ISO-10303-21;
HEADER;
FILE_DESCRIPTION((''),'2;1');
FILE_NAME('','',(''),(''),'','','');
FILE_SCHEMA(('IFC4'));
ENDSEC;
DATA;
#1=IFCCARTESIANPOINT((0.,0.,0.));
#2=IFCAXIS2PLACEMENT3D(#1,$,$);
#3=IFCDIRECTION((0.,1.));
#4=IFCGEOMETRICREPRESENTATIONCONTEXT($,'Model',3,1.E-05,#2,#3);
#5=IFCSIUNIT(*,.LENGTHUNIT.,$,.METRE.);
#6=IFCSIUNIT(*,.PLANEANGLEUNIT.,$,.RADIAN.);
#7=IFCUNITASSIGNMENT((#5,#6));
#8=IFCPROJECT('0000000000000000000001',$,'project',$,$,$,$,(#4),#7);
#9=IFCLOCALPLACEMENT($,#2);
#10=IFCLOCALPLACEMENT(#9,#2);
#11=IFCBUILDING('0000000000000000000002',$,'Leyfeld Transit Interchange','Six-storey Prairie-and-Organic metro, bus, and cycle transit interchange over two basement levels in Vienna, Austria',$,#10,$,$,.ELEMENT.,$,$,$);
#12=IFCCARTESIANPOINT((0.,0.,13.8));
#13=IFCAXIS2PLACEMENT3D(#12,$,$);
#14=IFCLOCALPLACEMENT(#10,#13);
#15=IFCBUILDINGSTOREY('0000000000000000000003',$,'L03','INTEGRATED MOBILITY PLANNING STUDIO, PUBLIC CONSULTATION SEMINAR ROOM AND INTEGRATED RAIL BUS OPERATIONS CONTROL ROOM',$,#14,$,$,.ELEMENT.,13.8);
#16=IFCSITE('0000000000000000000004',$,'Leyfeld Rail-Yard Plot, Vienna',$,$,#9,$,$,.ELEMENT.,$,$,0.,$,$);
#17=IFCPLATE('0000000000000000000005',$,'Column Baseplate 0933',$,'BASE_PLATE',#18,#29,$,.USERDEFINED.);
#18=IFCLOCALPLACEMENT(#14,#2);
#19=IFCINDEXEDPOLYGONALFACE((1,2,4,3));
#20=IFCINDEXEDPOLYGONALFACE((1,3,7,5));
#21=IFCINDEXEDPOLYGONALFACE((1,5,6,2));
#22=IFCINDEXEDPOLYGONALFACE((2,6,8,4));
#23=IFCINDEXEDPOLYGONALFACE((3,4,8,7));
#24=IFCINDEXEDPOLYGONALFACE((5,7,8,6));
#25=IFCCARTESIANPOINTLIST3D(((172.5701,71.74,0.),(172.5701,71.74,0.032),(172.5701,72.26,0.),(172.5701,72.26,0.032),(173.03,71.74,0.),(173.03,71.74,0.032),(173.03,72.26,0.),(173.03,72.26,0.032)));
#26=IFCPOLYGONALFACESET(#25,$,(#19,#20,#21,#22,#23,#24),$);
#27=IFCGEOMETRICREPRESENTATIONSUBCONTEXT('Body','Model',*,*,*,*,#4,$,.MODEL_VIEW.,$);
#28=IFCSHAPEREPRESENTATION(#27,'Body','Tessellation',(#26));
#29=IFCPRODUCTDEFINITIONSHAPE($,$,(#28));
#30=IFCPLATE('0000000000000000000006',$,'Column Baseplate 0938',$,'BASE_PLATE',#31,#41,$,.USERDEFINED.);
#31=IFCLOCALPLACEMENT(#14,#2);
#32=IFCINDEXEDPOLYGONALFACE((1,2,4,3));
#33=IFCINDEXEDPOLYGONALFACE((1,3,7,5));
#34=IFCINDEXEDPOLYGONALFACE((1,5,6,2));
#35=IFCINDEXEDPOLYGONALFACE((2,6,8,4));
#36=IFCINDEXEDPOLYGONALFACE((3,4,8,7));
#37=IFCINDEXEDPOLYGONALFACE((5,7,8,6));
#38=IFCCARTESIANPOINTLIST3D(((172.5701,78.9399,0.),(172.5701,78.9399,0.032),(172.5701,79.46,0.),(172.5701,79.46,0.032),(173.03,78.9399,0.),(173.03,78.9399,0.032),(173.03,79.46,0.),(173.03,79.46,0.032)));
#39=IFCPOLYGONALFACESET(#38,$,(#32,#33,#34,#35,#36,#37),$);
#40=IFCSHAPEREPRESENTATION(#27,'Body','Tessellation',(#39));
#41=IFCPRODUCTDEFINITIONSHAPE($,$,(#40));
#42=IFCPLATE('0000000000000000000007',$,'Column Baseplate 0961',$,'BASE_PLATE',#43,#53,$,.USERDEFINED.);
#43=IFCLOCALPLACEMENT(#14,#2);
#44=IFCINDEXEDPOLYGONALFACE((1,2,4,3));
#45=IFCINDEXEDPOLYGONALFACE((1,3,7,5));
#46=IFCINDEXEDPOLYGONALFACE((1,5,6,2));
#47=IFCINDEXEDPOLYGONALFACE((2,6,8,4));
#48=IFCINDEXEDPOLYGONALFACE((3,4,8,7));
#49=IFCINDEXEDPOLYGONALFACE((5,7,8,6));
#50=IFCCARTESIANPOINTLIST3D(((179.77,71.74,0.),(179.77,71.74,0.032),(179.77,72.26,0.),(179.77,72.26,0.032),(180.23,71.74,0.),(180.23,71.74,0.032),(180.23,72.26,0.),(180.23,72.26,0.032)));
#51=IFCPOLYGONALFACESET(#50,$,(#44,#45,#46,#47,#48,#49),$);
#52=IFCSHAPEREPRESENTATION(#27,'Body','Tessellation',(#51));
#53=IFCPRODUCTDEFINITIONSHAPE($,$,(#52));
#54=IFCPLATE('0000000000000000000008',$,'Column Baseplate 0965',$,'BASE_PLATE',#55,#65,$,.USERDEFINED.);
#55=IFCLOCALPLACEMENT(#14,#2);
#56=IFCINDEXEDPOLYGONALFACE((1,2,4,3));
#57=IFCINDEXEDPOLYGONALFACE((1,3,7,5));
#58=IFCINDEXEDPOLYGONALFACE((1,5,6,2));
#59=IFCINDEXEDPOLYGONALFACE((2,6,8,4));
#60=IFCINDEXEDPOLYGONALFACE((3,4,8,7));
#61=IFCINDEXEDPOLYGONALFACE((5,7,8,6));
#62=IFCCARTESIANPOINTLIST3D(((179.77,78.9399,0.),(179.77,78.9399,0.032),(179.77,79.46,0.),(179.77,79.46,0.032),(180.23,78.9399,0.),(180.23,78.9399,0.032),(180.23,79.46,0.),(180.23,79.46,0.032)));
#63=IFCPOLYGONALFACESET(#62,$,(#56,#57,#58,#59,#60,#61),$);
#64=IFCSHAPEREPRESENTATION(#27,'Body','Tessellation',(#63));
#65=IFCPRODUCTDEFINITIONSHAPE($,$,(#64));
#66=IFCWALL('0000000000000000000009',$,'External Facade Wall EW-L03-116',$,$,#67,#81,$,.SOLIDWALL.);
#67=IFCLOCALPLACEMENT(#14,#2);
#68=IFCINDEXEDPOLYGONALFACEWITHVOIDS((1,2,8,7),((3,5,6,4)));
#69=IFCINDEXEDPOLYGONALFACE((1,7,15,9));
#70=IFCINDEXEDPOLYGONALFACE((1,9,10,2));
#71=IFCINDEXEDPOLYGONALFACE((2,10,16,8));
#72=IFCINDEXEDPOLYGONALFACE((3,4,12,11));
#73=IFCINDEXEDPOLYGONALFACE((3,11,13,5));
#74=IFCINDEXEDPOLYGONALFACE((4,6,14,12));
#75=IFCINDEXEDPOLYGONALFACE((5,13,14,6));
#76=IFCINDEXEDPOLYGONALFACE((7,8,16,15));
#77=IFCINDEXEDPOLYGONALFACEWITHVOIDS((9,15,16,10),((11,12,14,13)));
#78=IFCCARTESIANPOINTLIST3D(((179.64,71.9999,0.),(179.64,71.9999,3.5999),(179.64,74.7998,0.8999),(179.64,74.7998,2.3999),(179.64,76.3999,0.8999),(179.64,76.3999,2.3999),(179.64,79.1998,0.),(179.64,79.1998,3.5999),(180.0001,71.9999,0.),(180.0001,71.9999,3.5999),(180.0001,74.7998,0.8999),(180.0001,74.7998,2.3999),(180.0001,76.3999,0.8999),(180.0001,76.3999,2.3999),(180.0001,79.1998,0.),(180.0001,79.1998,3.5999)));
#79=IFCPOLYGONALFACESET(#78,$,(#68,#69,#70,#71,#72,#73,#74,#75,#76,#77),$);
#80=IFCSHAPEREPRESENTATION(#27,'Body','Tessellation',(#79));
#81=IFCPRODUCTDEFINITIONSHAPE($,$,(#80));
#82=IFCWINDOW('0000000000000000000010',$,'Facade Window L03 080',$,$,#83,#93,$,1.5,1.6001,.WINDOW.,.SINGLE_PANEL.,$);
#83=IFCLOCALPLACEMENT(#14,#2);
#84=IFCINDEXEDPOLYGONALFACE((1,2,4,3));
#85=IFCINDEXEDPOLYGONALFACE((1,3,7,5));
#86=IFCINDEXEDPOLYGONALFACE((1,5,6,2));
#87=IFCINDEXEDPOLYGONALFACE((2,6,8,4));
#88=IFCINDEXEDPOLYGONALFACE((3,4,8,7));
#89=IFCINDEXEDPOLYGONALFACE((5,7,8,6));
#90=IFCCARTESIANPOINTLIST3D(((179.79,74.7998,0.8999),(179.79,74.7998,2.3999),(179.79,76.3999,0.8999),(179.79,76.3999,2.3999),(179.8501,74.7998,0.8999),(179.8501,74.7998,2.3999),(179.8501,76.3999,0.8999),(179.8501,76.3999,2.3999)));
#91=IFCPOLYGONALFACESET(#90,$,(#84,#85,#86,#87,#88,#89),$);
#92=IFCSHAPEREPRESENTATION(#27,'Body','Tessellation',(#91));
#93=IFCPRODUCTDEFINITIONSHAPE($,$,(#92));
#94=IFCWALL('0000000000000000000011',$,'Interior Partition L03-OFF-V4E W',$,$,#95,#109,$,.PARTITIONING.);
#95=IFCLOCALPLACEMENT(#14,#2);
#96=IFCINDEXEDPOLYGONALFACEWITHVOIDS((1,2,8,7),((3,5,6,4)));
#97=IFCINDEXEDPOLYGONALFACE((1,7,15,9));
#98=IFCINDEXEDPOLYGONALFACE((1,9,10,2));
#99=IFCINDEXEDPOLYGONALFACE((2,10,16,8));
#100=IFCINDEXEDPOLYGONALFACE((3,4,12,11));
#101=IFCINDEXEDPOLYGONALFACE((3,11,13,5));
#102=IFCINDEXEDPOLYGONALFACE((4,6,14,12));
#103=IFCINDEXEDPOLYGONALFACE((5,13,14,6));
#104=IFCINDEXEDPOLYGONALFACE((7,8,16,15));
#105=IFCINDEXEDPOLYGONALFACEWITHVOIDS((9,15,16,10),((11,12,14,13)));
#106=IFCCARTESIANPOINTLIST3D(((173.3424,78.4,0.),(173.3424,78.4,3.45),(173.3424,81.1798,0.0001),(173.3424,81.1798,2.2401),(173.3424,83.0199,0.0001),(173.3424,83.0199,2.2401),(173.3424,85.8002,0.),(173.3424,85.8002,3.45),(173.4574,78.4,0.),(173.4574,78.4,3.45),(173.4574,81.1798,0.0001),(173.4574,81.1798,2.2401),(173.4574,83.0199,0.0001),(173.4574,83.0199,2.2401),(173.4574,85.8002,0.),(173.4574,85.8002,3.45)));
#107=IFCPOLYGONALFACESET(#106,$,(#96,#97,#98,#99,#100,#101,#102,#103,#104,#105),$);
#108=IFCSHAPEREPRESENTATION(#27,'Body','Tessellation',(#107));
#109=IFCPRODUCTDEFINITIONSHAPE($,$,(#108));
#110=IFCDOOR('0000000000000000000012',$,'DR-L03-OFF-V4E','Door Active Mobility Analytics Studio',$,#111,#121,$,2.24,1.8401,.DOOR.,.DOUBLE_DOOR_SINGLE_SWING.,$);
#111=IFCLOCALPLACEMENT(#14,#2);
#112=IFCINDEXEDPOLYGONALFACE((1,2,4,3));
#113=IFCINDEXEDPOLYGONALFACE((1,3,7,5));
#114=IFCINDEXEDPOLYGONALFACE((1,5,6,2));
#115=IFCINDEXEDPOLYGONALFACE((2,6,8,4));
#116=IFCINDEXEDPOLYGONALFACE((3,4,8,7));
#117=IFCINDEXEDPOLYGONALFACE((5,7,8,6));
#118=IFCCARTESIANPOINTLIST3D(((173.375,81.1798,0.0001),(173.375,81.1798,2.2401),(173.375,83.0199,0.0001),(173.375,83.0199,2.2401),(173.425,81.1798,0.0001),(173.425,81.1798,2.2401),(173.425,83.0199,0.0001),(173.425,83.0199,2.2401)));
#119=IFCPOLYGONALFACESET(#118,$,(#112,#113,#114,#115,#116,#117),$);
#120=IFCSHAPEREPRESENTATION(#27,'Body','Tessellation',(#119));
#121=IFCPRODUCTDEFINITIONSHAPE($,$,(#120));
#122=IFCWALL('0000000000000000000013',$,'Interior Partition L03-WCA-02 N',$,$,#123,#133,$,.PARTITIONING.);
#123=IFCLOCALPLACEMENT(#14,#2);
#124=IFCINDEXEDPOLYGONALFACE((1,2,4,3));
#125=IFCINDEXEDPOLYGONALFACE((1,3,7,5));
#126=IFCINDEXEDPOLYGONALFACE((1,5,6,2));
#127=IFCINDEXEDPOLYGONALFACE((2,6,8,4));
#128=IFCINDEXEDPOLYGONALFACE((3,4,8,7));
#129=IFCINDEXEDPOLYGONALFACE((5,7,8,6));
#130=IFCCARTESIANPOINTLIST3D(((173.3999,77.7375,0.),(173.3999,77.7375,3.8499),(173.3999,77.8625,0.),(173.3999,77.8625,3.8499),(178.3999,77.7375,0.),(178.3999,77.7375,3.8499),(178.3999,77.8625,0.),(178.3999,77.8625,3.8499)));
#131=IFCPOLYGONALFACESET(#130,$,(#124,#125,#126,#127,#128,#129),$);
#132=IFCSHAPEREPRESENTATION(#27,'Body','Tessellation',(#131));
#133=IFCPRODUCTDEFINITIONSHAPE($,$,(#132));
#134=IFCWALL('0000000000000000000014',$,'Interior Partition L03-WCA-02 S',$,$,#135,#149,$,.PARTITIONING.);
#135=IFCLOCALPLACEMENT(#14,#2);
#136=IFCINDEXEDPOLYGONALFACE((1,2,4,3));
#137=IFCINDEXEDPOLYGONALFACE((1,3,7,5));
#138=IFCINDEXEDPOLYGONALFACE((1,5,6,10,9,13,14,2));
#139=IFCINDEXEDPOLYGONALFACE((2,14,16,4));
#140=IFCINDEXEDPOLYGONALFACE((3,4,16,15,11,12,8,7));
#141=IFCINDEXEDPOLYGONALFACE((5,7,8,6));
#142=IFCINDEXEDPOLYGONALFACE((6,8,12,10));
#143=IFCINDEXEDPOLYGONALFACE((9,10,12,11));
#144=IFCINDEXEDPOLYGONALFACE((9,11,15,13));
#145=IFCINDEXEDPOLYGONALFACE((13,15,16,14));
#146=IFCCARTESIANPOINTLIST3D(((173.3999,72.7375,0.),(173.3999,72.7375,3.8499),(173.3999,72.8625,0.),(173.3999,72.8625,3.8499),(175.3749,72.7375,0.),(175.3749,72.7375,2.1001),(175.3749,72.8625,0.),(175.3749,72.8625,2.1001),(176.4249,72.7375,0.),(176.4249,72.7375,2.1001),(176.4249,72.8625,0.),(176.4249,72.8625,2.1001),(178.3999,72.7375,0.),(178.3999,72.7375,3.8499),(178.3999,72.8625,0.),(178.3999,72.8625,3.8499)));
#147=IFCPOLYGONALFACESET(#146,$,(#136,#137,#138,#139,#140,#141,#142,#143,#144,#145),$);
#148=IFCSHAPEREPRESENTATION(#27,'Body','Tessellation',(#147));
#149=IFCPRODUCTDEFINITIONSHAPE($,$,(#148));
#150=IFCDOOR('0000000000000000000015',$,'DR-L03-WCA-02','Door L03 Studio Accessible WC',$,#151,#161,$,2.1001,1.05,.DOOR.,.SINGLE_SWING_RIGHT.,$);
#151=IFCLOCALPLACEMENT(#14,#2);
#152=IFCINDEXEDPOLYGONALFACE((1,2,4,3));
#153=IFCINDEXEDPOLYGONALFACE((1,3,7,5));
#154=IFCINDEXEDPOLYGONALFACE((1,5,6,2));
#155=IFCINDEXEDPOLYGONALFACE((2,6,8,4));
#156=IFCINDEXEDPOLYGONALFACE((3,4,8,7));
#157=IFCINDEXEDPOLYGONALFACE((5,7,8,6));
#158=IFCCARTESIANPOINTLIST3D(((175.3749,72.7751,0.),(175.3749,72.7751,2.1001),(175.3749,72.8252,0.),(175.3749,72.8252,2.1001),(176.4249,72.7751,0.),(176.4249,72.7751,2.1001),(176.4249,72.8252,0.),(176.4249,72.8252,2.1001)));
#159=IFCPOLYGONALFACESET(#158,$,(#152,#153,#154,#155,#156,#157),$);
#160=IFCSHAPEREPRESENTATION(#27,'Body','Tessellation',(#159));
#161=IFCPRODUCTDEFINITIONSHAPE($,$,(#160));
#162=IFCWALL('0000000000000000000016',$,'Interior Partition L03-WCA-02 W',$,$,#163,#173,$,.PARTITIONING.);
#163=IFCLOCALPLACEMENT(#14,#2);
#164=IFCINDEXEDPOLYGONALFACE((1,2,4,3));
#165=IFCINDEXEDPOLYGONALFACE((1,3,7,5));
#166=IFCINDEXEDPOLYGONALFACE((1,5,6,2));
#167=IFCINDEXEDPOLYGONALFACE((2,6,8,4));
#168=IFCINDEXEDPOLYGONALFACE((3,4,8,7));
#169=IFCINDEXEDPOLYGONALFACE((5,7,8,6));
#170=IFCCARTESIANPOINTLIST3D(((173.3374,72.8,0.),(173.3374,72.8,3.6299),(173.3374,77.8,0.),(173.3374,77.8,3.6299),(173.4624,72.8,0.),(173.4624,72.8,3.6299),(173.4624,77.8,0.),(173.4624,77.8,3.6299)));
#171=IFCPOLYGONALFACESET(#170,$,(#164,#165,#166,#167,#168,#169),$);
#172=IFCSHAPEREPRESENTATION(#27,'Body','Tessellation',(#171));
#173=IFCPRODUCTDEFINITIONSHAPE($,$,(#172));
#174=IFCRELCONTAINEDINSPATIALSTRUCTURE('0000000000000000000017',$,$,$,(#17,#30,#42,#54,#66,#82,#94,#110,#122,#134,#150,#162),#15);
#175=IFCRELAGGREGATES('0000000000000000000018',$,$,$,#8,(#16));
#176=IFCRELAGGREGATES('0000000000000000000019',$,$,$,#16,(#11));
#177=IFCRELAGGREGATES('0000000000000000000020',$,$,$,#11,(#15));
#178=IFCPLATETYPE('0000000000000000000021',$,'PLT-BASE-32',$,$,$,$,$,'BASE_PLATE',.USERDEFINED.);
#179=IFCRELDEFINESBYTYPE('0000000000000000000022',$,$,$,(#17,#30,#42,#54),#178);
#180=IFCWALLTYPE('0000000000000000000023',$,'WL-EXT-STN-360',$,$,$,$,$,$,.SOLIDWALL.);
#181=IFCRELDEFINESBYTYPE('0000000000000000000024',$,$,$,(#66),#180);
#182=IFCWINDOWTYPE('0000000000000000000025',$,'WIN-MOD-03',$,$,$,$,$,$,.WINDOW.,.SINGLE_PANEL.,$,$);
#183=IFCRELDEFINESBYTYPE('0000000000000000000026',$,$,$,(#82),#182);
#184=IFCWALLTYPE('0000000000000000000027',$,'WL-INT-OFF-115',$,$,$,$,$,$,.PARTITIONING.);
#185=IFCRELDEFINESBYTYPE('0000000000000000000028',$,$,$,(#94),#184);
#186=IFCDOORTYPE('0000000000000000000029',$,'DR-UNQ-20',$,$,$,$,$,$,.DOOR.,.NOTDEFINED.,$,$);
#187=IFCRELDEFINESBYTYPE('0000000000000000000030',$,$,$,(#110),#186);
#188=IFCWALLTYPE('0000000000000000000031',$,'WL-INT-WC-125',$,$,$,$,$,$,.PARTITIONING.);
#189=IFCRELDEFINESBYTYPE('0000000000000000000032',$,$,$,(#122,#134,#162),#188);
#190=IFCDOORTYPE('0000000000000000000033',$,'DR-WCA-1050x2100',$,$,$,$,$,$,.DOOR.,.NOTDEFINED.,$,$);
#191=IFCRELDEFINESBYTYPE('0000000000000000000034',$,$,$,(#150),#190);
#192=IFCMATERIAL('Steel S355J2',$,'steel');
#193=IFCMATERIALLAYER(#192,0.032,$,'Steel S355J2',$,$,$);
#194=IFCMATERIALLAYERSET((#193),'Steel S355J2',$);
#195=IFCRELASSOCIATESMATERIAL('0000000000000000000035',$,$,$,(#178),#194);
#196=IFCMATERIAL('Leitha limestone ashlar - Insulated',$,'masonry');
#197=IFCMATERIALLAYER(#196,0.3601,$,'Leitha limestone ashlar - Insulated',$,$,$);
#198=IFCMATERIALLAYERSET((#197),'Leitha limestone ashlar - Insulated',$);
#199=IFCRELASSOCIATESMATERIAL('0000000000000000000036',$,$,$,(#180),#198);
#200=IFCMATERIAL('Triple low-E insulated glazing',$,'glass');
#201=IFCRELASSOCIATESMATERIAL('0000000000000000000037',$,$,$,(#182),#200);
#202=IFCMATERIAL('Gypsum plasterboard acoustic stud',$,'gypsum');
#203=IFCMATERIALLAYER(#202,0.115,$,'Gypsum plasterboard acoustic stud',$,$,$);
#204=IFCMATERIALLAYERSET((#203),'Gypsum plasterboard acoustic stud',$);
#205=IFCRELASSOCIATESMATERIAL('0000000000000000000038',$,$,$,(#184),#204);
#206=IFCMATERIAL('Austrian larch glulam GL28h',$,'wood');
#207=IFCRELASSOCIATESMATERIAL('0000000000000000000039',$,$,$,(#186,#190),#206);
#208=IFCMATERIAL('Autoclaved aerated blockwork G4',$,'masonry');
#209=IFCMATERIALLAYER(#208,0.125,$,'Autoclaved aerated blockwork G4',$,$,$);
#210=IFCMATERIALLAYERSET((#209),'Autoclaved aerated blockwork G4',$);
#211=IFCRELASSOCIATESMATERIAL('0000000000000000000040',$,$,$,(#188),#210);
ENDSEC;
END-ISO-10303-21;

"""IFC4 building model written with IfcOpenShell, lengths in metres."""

from ifc_helpers import new_model, si_unit, direction, frame, frame_2d, origin, origin_2d, place, context, subcontext, project, spatial, rectangle, extrude, material, layer, layer_set, type_object, element, fill, save


model = new_model("IFC4")

# Units and contexts
model_context = context("Model", 3, precision=1e-05, world=origin(), true_north=direction((0.0, 1.0)))
body_context = subcontext(model_context, "Body", "Model", "MODEL_VIEW")
ifc_project = project(units=[si_unit("LENGTHUNIT", "METRE"), si_unit("PLANEANGLEUNIT", "RADIAN")], contexts=[model_context])

# Site, building, storey
site_placement = place(None, origin())
site = spatial("IfcSite", under=ifc_project, at=site_placement, Name="Leyfeld Rail-Yard Plot, Vienna", CompositionType="ELEMENT", RefElevation=0.0)
building_placement = place(site_placement, origin())
building = spatial("IfcBuilding", under=site, at=building_placement, Name="Leyfeld Transit Interchange", Description="Six-storey Prairie-and-Organic metro, bus, and cycle transit interchange over two basement levels in Vienna, Austria", CompositionType="ELEMENT")
storey_placement = place(building_placement, frame((0.0, 0.0, 13.8)))
storey = spatial("IfcBuildingStorey", under=building, at=storey_placement, Name="L03", Description="INTEGRATED MOBILITY PLANNING STUDIO, PUBLIC CONSULTATION SEMINAR ROOM AND INTEGRATED RAIL BUS OPERATIONS CONTROL ROOM", CompositionType="ELEMENT", Elevation=13.8)

# Shared definitions
ifc_material_1 = material(Name="Steel S355J2", Category="steel")

# Plates
ifc_layer_1 = layer(ifc_material_1, 0.032, Name="Steel S355J2")
ifc_layer_set_1 = layer_set([ifc_layer_1], Name="Steel S355J2")
plate_type_1 = type_object("IfcPlateType", Name="PLT-BASE-32", ElementType="BASE_PLATE", PredefinedType="USERDEFINED", material=ifc_layer_set_1)
for number, where, z_axis, x_axis, name in (
    (1, (172.8, 72.0, 0.0), (0.0, 0.0, 1.0), (1.0, 0.0, 0.0), "Column Baseplate 0933"),
    (2, (172.8, 79.2, 0.0), (0.0, 0.0, 1.0), (1.0, 0.0, 0.0), "Column Baseplate 0938"),
    (3, (180.0, 72.0, 0.0), (0.0, 0.0, 1.0), (1.0, 0.0, 0.0), "Column Baseplate 0961"),
    (4, (180.0, 79.2, 0.0), (0.0, 0.0, 1.0), (1.0, 0.0, 0.0), "Column Baseplate 0965"),
):
    element("IfcPlate", number, at=place(storey_placement, frame(where, z_axis=z_axis, x_axis=x_axis)), inside=storey, type_object=plate_type_1, Name=name, ObjectType="BASE_PLATE", PredefinedType="USERDEFINED", context=body_context, shape_type="SweptSolid", body=[
        extrude(rectangle(XDim=0.46, YDim=0.52, at=origin_2d()), origin(), (0.0, 0.0, 1.0), 0.032),
    ])

# Wall, opening, window
ifc_material_2 = material(Name="Leitha limestone ashlar - Insulated", Category="masonry")
ifc_layer_2 = layer(ifc_material_2, 0.3601, Name="Leitha limestone ashlar - Insulated")
ifc_layer_set_2 = layer_set([ifc_layer_2], Name="Leitha limestone ashlar - Insulated")
wall_type_1 = type_object("IfcWallType", Name="WL-EXT-STN-360", PredefinedType="SOLIDWALL", material=ifc_layer_set_2)
wall_1_placement = place(storey_placement, frame((179.8201, 79.2, 0.0), z_axis=(0.0, 0.0, 1.0), x_axis=(0.0, -1.0, 0.0)))
wall_1 = element("IfcWall", 5, at=wall_1_placement, inside=storey, type_object=wall_type_1, Name="External Facade Wall EW-L03-116", PredefinedType="SOLIDWALL", context=body_context, shape_type="SweptSolid", body=[
    extrude(rectangle(XDim=7.2, YDim=0.3601, at=frame_2d((3.6001, 0.0))), origin(), (0.0, 0.0, 1.0), 3.5999),
])
opening_1_placement = place(wall_1_placement, frame((2.8, 0.0, 0.8999)))
opening_1 = element("IfcOpeningElement", 6, at=opening_1_placement, cuts=wall_1, PredefinedType="OPENING", context=body_context, shape_type="SweptSolid", body=[
    extrude(rectangle(XDim=1.6001, YDim=1.5, at=frame_2d((0.8, 0.75))), frame((0.0, 0.1899, 0.0), z_axis=(0.0, -1.0, 0.0), x_axis=(1.0, 0.0, 0.0)), (0.0, 0.0, 1.0), 0.3801),
])
ifc_material_3 = material(Name="Triple low-E insulated glazing", Category="glass")
window_type = type_object("IfcWindowType", Name="WIN-MOD-03", PartitioningType="SINGLE_PANEL", PredefinedType="WINDOW", material=ifc_material_3)
window_placement = place(opening_1_placement, origin())
window = element("IfcWindow", 7, at=window_placement, inside=storey, type_object=window_type, Name="Facade Window L03 080", OverallHeight=1.5, OverallWidth=1.6001, PartitioningType="SINGLE_PANEL", PredefinedType="WINDOW", context=body_context, shape_type="SweptSolid", body=[
    extrude(rectangle(XDim=1.6001, YDim=1.5, at=frame_2d((0.8, 0.75))), frame((0.0, 0.03, 0.0), z_axis=(0.0, -1.0, 0.0), x_axis=(1.0, 0.0, 0.0)), (0.0, 0.0, 1.0), 0.0601),
])
fill(opening_1, window)

# Wall, opening, door
ifc_material_4 = material(Name="Gypsum plasterboard acoustic stud", Category="gypsum")
ifc_layer_3 = layer(ifc_material_4, 0.115, Name="Gypsum plasterboard acoustic stud")
ifc_layer_set_3 = layer_set([ifc_layer_3], Name="Gypsum plasterboard acoustic stud")
wall_type_2 = type_object("IfcWallType", Name="WL-INT-OFF-115", PredefinedType="PARTITIONING", material=ifc_layer_set_3)
wall_2_placement = place(storey_placement, frame((173.3999, 78.3999, 0.0), z_axis=(0.0, 0.0, 1.0), x_axis=(0.0, 1.0, 0.0)))
wall_2 = element("IfcWall", 8, at=wall_2_placement, inside=storey, type_object=wall_type_2, Name="Interior Partition L03-OFF-V4E W", PredefinedType="PARTITIONING", context=body_context, shape_type="SweptSolid", body=[
    extrude(rectangle(XDim=7.4001, YDim=0.115, at=frame_2d((3.7002, 0.0))), origin(), (0.0, 0.0, 1.0), 3.45),
])
opening_2_placement = place(wall_2_placement, frame((2.78, 0.0, 0.0)))
opening_2 = element("IfcOpeningElement", 9, at=opening_2_placement, cuts=wall_2, PredefinedType="OPENING", context=body_context, shape_type="SweptSolid", body=[
    extrude(rectangle(XDim=1.8401, YDim=2.24, at=frame_2d((0.9199, 1.1201))), frame((0.0, 0.0674, 0.0), z_axis=(0.0, -1.0, 0.0), x_axis=(1.0, 0.0, 0.0)), (0.0, 0.0, 1.0), 0.135),
])
ifc_material_5 = material(Name="Austrian larch glulam GL28h", Category="wood")
door_type_1 = type_object("IfcDoorType", Name="DR-UNQ-20", OperationType="NOTDEFINED", PredefinedType="DOOR", material=ifc_material_5)
door_1_placement = place(opening_2_placement, origin())
door_1 = element("IfcDoor", 10, at=door_1_placement, inside=storey, type_object=door_type_1, Name="DR-L03-OFF-V4E", Description="Door Active Mobility Analytics Studio", OperationType="DOUBLE_DOOR_SINGLE_SWING", OverallHeight=2.24, OverallWidth=1.8401, PredefinedType="DOOR", context=body_context, shape_type="SweptSolid", body=[
    extrude(rectangle(XDim=1.8401, YDim=2.24, at=frame_2d((0.9199, 1.1201))), frame((0.0, 0.0249, 0.0), z_axis=(0.0, -1.0, 0.0), x_axis=(1.0, 0.0, 0.0)), (0.0, 0.0, 1.0), 0.05),
])
fill(opening_2, door_1)

# Wall
ifc_material_6 = material(Name="Autoclaved aerated blockwork G4", Category="masonry")
ifc_layer_4 = layer(ifc_material_6, 0.125, Name="Autoclaved aerated blockwork G4")
ifc_layer_set_4 = layer_set([ifc_layer_4], Name="Autoclaved aerated blockwork G4")
wall_type_3 = type_object("IfcWallType", Name="WL-INT-WC-125", PredefinedType="PARTITIONING", material=ifc_layer_set_4)
wall_3_placement = place(storey_placement, frame((173.3999, 77.8, 0.0), z_axis=(0.0, 0.0, 1.0), x_axis=(1.0, 0.0, 0.0)))
element("IfcWall", 11, at=wall_3_placement, inside=storey, type_object=wall_type_3, Name="Interior Partition L03-WCA-02 N", PredefinedType="PARTITIONING", context=body_context, shape_type="SweptSolid", body=[
    extrude(rectangle(XDim=5.0, YDim=0.125, at=frame_2d((2.5, 0.0))), origin(), (0.0, 0.0, 1.0), 3.8499),
])

# Wall, opening, door
wall_4_placement = place(storey_placement, frame((178.3999, 72.8, 0.0), z_axis=(0.0, 0.0, 1.0), x_axis=(-1.0, 0.0, 0.0)))
wall_4 = element("IfcWall", 12, at=wall_4_placement, inside=storey, type_object=wall_type_3, Name="Interior Partition L03-WCA-02 S", PredefinedType="PARTITIONING", context=body_context, shape_type="SweptSolid", body=[
    extrude(rectangle(XDim=5.0, YDim=0.125, at=frame_2d((2.5, 0.0))), origin(), (0.0, 0.0, 1.0), 3.8499),
])
opening_3_placement = place(wall_4_placement, frame((1.9751, 0.0, 0.0)))
opening_3 = element("IfcOpeningElement", 13, at=opening_3_placement, cuts=wall_4, PredefinedType="OPENING", context=body_context, shape_type="SweptSolid", body=[
    extrude(rectangle(XDim=1.05, YDim=2.1001, at=frame_2d((0.5249, 1.05))), frame((0.0, 0.0725, 0.0), z_axis=(0.0, -1.0, 0.0), x_axis=(1.0, 0.0, 0.0)), (0.0, 0.0, 1.0), 0.145),
])
door_type_2 = type_object("IfcDoorType", Name="DR-WCA-1050x2100", OperationType="NOTDEFINED", PredefinedType="DOOR", material=ifc_material_5)
door_2_placement = place(opening_3_placement, origin())
door_2 = element("IfcDoor", 14, at=door_2_placement, inside=storey, type_object=door_type_2, Name="DR-L03-WCA-02", Description="Door L03 Studio Accessible WC", OperationType="SINGLE_SWING_RIGHT", OverallHeight=2.1001, OverallWidth=1.05, PredefinedType="DOOR", context=body_context, shape_type="SweptSolid", body=[
    extrude(rectangle(XDim=1.05, YDim=2.1001, at=frame_2d((0.5249, 1.05))), frame((0.0, 0.0249, 0.0), z_axis=(0.0, -1.0, 0.0), x_axis=(1.0, 0.0, 0.0)), (0.0, 0.0, 1.0), 0.05),
])
fill(opening_3, door_2)

# Wall
wall_5_placement = place(storey_placement, frame((173.3999, 72.8, 0.0), z_axis=(0.0, 0.0, 1.0), x_axis=(0.0, 1.0, 0.0)))
element("IfcWall", 15, at=wall_5_placement, inside=storey, type_object=wall_type_3, Name="Interior Partition L03-WCA-02 W", PredefinedType="PARTITIONING", context=body_context, shape_type="SweptSolid", body=[
    extrude(rectangle(XDim=5.0, YDim=0.125, at=frame_2d((2.5, 0.0))), origin(), (0.0, 0.0, 1.0), 3.6299),
])

save(model, "model.ifc")
